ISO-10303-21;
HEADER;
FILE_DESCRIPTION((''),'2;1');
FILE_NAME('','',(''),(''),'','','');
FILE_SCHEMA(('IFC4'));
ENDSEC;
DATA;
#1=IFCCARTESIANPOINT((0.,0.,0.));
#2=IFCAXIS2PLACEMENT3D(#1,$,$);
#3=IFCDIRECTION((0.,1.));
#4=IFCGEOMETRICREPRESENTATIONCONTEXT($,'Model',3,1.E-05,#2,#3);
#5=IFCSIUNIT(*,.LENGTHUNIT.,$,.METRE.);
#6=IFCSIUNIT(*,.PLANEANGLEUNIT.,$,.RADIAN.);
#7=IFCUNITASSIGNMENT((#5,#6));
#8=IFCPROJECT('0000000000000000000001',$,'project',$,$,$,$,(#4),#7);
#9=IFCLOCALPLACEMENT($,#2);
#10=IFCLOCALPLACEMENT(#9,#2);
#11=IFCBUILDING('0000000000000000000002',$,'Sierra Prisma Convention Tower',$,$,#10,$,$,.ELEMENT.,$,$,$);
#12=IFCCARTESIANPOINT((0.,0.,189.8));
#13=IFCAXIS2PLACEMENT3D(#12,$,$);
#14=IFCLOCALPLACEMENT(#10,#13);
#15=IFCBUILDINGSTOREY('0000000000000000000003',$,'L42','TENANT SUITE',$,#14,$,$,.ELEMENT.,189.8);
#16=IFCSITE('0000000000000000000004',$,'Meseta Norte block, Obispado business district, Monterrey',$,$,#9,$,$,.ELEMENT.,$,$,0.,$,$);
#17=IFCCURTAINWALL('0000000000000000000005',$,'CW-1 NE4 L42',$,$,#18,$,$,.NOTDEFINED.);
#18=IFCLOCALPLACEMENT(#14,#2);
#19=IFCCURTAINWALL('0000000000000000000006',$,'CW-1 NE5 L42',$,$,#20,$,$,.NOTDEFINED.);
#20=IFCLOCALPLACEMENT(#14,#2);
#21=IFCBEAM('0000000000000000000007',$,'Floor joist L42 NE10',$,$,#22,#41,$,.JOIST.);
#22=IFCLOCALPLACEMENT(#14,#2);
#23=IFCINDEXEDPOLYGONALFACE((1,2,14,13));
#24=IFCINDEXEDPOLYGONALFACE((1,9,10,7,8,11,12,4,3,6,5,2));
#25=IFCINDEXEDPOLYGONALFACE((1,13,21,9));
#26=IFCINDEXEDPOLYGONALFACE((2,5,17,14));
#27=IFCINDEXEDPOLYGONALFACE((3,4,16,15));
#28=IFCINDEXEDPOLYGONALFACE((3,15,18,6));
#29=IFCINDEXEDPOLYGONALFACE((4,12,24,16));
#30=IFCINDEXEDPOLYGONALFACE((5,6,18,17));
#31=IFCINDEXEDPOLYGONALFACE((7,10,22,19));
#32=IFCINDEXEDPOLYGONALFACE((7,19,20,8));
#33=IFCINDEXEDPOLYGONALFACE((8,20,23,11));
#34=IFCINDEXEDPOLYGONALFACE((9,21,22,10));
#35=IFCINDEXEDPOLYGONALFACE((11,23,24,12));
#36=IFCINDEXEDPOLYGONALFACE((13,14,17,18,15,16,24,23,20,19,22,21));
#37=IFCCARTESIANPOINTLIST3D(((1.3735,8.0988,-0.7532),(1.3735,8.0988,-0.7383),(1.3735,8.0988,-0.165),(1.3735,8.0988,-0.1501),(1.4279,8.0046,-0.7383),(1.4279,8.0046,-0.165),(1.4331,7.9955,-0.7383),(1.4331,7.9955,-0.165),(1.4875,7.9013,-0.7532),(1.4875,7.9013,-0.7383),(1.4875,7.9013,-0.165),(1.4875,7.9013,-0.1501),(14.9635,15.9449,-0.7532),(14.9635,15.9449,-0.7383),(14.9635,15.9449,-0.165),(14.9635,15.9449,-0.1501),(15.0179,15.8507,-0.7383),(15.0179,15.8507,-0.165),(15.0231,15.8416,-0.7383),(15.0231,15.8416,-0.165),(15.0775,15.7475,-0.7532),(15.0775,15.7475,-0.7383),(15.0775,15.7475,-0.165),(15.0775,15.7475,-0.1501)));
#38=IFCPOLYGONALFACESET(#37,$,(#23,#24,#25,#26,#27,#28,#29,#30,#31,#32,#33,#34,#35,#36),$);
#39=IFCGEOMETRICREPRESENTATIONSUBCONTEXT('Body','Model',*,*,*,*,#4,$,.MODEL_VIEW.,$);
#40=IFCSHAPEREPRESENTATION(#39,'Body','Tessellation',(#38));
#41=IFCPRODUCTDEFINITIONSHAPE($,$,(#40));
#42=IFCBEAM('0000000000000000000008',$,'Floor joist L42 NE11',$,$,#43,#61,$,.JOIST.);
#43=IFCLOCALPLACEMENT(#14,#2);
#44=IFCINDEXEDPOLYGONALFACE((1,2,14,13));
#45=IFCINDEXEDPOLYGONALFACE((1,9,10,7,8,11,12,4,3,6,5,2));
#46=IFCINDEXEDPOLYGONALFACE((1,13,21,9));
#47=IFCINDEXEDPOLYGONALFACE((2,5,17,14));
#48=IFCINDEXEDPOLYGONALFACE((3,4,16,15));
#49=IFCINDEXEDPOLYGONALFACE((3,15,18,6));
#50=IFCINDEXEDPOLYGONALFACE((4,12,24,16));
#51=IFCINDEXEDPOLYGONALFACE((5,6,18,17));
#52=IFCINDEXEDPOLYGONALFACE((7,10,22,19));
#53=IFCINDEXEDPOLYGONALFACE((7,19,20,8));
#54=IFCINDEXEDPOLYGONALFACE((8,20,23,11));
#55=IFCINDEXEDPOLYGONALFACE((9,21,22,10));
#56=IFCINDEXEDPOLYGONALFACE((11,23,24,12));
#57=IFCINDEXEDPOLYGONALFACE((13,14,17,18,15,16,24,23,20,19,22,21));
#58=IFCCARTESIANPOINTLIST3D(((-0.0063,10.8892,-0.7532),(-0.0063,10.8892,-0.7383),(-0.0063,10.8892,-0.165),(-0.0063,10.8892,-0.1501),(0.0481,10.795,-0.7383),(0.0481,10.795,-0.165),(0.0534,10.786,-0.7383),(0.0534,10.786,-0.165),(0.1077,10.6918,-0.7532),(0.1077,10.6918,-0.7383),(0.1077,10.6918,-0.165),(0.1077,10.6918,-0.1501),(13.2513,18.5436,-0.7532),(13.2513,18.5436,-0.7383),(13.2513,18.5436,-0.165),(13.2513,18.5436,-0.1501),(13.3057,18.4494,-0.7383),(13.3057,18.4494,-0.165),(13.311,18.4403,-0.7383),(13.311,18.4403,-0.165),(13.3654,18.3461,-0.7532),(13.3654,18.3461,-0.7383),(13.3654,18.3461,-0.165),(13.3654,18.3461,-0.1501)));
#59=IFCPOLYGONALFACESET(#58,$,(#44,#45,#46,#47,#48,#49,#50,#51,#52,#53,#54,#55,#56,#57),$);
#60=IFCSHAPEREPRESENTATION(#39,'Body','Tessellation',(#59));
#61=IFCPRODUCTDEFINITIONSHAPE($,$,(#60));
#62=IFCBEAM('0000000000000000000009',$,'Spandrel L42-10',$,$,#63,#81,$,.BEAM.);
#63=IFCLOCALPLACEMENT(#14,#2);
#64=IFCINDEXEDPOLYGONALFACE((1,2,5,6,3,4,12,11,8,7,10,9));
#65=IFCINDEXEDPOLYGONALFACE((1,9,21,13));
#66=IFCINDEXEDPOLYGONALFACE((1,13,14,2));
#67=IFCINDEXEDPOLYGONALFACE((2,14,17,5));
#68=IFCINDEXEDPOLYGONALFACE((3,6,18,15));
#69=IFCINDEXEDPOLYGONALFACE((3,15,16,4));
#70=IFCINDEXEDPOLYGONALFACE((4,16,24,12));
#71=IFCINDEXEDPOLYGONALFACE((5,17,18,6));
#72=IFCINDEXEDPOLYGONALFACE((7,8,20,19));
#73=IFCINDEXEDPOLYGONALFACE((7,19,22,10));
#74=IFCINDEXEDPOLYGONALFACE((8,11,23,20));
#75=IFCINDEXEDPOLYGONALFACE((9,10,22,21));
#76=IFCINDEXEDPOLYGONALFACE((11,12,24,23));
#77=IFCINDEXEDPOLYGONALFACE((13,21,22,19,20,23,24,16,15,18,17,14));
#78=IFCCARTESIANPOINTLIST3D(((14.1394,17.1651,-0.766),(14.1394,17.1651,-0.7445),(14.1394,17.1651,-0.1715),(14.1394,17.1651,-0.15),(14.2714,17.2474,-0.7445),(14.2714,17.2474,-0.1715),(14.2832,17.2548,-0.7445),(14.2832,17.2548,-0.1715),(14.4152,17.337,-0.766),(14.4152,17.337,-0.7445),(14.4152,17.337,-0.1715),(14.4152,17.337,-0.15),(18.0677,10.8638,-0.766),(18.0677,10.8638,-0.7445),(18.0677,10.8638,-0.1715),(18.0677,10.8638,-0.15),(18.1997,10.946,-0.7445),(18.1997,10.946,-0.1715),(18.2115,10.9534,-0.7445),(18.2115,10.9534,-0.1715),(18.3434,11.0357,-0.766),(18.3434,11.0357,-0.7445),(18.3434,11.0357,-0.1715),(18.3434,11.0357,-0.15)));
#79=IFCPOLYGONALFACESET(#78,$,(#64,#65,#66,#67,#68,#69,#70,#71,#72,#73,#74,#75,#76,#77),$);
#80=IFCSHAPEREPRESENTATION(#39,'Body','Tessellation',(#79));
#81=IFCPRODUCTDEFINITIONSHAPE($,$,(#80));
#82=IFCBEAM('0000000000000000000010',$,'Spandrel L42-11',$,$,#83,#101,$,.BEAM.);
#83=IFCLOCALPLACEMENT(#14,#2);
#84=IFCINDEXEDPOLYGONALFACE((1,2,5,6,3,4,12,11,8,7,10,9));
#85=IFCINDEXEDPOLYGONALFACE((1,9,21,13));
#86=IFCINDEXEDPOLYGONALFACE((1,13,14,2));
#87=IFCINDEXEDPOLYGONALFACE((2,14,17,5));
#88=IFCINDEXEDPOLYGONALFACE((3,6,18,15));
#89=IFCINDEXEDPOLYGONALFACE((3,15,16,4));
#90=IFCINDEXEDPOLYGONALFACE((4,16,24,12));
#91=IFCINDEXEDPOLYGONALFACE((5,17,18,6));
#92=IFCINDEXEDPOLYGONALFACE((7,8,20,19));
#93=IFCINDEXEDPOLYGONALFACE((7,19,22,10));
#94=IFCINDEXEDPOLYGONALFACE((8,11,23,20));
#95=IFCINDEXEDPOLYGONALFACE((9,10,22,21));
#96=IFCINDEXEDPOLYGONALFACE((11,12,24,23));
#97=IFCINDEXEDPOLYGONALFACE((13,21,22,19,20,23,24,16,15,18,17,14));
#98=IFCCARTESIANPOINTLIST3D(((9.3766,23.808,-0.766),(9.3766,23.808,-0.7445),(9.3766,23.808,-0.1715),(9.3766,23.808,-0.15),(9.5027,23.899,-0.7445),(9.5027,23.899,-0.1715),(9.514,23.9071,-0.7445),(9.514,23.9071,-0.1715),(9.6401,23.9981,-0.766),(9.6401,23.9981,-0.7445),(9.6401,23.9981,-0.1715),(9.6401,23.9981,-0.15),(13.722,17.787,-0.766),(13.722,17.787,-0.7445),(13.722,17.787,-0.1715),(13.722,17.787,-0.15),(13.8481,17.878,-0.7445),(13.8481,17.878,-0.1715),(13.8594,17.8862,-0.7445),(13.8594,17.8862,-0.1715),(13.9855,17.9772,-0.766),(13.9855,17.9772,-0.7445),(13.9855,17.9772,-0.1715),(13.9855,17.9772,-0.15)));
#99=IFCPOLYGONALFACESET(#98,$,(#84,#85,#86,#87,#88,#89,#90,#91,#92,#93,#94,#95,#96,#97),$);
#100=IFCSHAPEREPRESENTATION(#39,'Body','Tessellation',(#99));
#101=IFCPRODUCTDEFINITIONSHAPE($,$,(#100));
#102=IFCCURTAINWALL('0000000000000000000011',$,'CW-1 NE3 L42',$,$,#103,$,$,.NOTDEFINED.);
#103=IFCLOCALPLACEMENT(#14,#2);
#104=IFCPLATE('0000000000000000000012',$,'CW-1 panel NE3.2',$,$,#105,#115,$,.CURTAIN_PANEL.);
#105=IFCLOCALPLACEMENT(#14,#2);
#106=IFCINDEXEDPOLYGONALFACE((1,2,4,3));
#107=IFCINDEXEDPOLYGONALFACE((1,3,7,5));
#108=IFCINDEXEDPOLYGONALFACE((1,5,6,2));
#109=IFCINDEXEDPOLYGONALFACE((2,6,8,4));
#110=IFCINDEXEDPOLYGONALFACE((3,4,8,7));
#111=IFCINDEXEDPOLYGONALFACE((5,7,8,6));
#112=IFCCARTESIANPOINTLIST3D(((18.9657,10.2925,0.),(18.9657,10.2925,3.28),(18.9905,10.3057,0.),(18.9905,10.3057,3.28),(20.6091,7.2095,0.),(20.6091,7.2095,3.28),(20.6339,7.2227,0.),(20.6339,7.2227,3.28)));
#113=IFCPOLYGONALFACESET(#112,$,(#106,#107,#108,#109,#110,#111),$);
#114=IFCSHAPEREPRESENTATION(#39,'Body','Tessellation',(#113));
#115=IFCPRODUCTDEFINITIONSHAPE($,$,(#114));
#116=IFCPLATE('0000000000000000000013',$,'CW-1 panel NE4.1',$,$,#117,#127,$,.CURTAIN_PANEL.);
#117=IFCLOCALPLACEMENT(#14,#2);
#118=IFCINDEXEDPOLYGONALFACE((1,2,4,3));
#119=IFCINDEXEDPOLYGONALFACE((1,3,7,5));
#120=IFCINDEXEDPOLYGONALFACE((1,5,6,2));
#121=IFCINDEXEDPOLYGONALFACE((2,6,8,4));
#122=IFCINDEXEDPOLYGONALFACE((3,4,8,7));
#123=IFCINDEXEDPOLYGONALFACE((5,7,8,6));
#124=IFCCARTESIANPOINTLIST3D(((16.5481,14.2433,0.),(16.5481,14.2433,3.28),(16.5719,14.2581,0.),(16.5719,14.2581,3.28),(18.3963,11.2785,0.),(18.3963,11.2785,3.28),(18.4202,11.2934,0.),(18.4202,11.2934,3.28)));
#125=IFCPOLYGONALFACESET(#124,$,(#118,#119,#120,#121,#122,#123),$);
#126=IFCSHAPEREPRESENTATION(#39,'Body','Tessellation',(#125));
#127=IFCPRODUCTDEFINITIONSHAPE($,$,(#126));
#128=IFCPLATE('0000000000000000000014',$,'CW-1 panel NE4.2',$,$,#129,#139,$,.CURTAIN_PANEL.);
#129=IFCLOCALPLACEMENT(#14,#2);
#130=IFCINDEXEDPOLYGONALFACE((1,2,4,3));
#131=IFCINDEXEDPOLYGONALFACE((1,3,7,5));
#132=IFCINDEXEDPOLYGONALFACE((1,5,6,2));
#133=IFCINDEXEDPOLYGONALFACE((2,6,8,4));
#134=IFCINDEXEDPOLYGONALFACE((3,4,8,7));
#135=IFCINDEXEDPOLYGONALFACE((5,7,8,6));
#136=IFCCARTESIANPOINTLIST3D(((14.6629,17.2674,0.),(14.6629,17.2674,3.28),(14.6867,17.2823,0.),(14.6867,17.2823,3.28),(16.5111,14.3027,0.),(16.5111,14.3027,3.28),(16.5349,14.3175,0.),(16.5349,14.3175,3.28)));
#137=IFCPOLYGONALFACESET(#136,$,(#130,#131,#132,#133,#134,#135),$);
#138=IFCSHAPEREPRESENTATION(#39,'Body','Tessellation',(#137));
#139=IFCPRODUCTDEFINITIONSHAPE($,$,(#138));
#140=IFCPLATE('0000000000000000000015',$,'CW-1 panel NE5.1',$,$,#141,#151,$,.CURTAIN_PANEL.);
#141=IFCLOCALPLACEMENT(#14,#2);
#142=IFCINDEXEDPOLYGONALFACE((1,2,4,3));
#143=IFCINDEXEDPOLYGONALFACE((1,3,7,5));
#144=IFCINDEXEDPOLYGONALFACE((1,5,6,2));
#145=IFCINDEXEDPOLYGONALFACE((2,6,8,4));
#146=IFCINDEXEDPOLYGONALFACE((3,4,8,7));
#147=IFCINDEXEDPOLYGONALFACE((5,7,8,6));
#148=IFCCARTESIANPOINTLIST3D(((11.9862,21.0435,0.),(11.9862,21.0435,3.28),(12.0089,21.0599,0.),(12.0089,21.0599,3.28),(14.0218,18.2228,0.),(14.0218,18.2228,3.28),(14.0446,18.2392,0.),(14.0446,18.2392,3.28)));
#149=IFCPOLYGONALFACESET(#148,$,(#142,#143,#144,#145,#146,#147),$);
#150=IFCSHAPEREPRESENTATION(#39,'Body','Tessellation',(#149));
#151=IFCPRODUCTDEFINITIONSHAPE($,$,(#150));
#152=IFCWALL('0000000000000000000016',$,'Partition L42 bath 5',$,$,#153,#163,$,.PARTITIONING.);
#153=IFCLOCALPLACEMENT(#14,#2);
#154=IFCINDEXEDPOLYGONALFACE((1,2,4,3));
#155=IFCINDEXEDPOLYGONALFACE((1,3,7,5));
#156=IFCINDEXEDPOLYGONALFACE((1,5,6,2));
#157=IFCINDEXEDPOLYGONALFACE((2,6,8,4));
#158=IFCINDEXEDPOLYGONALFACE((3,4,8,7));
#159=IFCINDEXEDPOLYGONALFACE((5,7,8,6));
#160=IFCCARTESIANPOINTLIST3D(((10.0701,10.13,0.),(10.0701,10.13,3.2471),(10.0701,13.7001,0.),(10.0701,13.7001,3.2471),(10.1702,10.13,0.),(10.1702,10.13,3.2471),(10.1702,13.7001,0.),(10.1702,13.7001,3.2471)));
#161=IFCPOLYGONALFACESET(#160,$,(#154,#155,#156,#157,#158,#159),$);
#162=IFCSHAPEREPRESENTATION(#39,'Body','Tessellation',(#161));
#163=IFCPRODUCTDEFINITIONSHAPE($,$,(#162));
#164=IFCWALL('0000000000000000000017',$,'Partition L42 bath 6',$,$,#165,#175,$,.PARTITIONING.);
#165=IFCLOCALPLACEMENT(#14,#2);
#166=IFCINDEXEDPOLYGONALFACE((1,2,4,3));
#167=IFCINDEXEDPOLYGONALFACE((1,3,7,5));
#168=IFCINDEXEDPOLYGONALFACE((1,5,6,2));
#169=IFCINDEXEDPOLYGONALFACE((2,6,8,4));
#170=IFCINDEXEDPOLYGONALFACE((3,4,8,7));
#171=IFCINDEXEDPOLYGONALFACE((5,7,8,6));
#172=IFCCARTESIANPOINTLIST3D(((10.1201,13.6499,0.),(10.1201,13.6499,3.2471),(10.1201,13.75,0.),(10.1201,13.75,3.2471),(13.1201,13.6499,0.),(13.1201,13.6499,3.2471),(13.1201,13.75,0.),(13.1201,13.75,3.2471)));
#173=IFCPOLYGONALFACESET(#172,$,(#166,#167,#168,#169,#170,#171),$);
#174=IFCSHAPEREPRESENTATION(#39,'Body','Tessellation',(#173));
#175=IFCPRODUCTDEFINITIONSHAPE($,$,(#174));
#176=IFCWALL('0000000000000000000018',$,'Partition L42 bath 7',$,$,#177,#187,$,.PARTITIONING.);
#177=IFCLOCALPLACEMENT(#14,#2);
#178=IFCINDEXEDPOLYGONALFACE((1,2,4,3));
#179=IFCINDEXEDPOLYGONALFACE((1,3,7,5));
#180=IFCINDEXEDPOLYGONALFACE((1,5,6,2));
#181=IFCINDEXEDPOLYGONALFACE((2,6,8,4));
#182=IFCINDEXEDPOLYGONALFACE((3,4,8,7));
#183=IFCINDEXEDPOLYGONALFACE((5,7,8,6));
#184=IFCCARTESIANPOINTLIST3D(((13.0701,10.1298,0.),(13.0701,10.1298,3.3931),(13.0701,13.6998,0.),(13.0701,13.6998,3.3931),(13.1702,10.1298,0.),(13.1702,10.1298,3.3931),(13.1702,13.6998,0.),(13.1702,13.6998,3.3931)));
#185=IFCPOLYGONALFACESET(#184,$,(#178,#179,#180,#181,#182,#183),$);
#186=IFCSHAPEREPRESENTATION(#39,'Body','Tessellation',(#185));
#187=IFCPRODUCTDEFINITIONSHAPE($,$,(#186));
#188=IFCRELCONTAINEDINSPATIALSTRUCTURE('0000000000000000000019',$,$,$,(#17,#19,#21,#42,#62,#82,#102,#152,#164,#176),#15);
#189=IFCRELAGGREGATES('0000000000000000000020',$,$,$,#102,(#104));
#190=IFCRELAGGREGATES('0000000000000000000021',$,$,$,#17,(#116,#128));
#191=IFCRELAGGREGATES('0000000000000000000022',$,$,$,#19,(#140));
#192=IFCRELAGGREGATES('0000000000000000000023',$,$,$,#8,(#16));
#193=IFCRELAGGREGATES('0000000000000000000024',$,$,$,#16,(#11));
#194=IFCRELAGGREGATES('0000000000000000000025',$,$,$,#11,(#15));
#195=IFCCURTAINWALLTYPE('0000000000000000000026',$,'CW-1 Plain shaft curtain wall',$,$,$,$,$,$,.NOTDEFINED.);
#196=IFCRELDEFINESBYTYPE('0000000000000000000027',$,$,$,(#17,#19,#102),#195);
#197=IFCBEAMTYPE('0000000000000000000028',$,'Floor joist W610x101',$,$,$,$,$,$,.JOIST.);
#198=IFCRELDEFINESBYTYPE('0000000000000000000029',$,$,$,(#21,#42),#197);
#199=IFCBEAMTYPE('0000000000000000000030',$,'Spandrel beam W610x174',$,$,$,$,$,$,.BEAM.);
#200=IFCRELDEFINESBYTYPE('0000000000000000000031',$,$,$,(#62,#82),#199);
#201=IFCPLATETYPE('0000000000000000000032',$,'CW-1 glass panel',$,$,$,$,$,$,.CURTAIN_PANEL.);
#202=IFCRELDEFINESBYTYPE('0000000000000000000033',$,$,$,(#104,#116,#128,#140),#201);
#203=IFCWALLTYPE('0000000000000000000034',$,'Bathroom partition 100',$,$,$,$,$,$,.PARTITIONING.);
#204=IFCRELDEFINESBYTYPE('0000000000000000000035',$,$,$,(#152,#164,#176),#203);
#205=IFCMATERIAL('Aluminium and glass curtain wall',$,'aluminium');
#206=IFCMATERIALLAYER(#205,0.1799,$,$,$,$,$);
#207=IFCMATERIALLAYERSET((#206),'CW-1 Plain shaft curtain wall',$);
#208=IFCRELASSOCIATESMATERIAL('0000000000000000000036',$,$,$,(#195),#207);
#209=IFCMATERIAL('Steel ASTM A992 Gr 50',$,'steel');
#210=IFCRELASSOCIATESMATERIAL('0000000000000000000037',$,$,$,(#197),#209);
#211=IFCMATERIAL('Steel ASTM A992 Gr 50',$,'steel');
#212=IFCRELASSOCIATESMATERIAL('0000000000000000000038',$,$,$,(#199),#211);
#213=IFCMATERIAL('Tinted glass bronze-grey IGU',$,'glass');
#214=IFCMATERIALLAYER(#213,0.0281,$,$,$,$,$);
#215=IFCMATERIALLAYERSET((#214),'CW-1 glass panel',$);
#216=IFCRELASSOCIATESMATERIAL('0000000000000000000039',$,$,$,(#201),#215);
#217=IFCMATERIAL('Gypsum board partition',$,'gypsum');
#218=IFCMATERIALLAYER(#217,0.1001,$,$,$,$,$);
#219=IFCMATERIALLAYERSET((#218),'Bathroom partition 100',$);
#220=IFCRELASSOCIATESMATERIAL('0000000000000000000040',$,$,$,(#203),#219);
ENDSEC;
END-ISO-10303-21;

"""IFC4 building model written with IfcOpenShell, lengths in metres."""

from ifc_helpers import new_model, si_unit, direction, frame, frame_2d, origin, origin_2d, place, context, subcontext, project, spatial, rectangle, i_section, extrude, material, layer, layer_set, material_profile, profile_set, type_object, element, aggregate, save


model = new_model("IFC4")

# Units and contexts
model_context = context("Model", 3, precision=1e-05, world=origin(), true_north=direction((0.0, 1.0)))
body_context = subcontext(model_context, "Body", "Model", "MODEL_VIEW")
ifc_project = project(units=[si_unit("LENGTHUNIT", "METRE"), si_unit("PLANEANGLEUNIT", "RADIAN")], contexts=[model_context])

# Site, building, storey
site_placement = place(None, origin())
site = spatial("IfcSite", under=ifc_project, at=site_placement, Name="Meseta Norte block, Obispado business district, Monterrey", CompositionType="ELEMENT", RefElevation=0.0)
building_placement = place(site_placement, origin())
building = spatial("IfcBuilding", under=site, at=building_placement, Name="Sierra Prisma Convention Tower", CompositionType="ELEMENT")
storey_placement = place(building_placement, frame((0.0, 0.0, 189.8)))
storey = spatial("IfcBuildingStorey", under=building, at=storey_placement, Name="L42", Description="TENANT SUITE", CompositionType="ELEMENT", Elevation=189.8)

# Curtain wall
ifc_material_1 = material(Name="Aluminium and glass curtain wall", Category="aluminium")
ifc_layer_1 = layer(ifc_material_1, 0.1799)
ifc_layer_set_1 = layer_set([ifc_layer_1], Name="CW-1 Plain shaft curtain wall")
curtain_wall_type = type_object("IfcCurtainWallType", Name="CW-1 Plain shaft curtain wall", PredefinedType="NOTDEFINED", material=ifc_layer_set_1)
curtain_wall_1_placement = place(storey_placement, origin())
curtain_wall_1 = element("IfcCurtainWall", 1, at=curtain_wall_1_placement, inside=storey, type_object=curtain_wall_type, Name="CW-1 NE4 L42", PredefinedType="NOTDEFINED")

# Curtain wall
curtain_wall_2_placement = place(storey_placement, origin())
curtain_wall_2 = element("IfcCurtainWall", 2, at=curtain_wall_2_placement, inside=storey, type_object=curtain_wall_type, Name="CW-1 NE5 L42", PredefinedType="NOTDEFINED")

# Beams
ifc_material_2 = material(Name="Steel ASTM A992 Gr 50", Category="steel")
ifc_material_profile_1 = material_profile(ifc_material_2, i_section(OverallWidth=0.228, OverallDepth=0.603, WebThickness=0.0105, FlangeThickness=0.0149, at=origin_2d()), Name="W610x101")
ifc_profile_set_1 = profile_set([ifc_material_profile_1], Name="Steel ASTM A992 Gr 50")
beam_type_1 = type_object("IfcBeamType", Name="Floor joist W610x101", PredefinedType="JOIST", material=ifc_profile_set_1)
beam_1_placement = place(storey_placement, frame((15.0205, 15.8462, -0.4517), z_axis=(-0.866027, -0.499998, 0.0), x_axis=(0.499998, -0.866027, 0.0)))
element("IfcBeam", 3, at=beam_1_placement, inside=storey, type_object=beam_type_1, Name="Floor joist L42 NE10", PredefinedType="JOIST", context=body_context, shape_type="SweptSolid", body=[
    extrude(i_section(OverallWidth=0.228, OverallDepth=0.603, WebThickness=0.0105, FlangeThickness=0.0149, at=origin_2d()), origin(), (0.0, 0.0, 1.0), 15.6924),
])
beam_2_placement = place(storey_placement, frame((13.3083, 18.4448, -0.4517), z_axis=(-0.866024, -0.500002, 0.0), x_axis=(0.500002, -0.866024, 0.0)))
element("IfcBeam", 4, at=beam_2_placement, inside=storey, type_object=beam_type_1, Name="Floor joist L42 NE11", PredefinedType="JOIST", context=body_context, shape_type="SweptSolid", body=[
    extrude(i_section(OverallWidth=0.228, OverallDepth=0.603, WebThickness=0.0105, FlangeThickness=0.0149, at=origin_2d()), origin(), (0.0, 0.0, 1.0), 15.3086),
])
ifc_material_3 = material(Name="Steel ASTM A992 Gr 50", Category="steel")
ifc_material_profile_2 = material_profile(ifc_material_3, i_section(OverallWidth=0.325, OverallDepth=0.616, WebThickness=0.0139, FlangeThickness=0.0215, at=origin_2d()), Name="W610x174")
ifc_profile_set_2 = profile_set([ifc_material_profile_2], Name="Steel ASTM A992 Gr 50")
beam_type_2 = type_object("IfcBeamType", Name="Spandrel beam W610x174", PredefinedType="BEAM", material=ifc_profile_set_2)
beam_3_placement = place(storey_placement, frame((18.2056, 10.9497, -0.458), z_axis=(-0.529023, 0.848607, 0.0), x_axis=(-0.848607, -0.529023, 0.0)))
element("IfcBeam", 5, at=beam_3_placement, inside=storey, type_object=beam_type_2, Name="Spandrel L42-10", PredefinedType="BEAM", context=body_context, shape_type="SweptSolid", body=[
    extrude(i_section(OverallWidth=0.325, OverallDepth=0.616, WebThickness=0.0139, FlangeThickness=0.0215, at=origin_2d()), origin(), (0.0, 0.0, 1.0), 7.4255),
])
beam_4_placement = place(storey_placement, frame((13.8538, 17.8821, -0.458), z_axis=(-0.585222, 0.810873, 0.0), x_axis=(-0.810873, -0.585222, 0.0)))
element("IfcBeam", 6, at=beam_4_placement, inside=storey, type_object=beam_type_2, Name="Spandrel L42-11", PredefinedType="BEAM", context=body_context, shape_type="SweptSolid", body=[
    extrude(i_section(OverallWidth=0.325, OverallDepth=0.616, WebThickness=0.0139, FlangeThickness=0.0215, at=origin_2d()), origin(), (0.0, 0.0, 1.0), 7.4253),
])

# Curtain wall, plate
curtain_wall_3_placement = place(storey_placement, origin())
curtain_wall_3 = element("IfcCurtainWall", 7, at=curtain_wall_3_placement, inside=storey, type_object=curtain_wall_type, Name="CW-1 NE3 L42", PredefinedType="NOTDEFINED")
ifc_material_4 = material(Name="Tinted glass bronze-grey IGU", Category="glass")
ifc_layer_2 = layer(ifc_material_4, 0.0281)
ifc_layer_set_2 = layer_set([ifc_layer_2], Name="CW-1 glass panel")
plate_type = type_object("IfcPlateType", Name="CW-1 glass panel", PredefinedType="CURTAIN_PANEL", material=ifc_layer_set_2)
plate_1_placement = place(storey_placement, frame((19.7998, 8.7576, 0.0), z_axis=(0.0, 0.0, 1.0), x_axis=(-0.470405, 0.882451, 0.0)))
plate_1 = element("IfcPlate", 8, at=plate_1_placement, type_object=plate_type, Name="CW-1 panel NE3.2", PredefinedType="CURTAIN_PANEL", context=body_context, shape_type="SweptSolid", body=[
    extrude(rectangle(XDim=3.4937, YDim=0.0281, at=origin_2d()), origin(), (0.0, 0.0, 1.0), 3.28),
])
aggregate(curtain_wall_3, [plate_1])

# Plates
plate_2_placement = place(storey_placement, frame((17.4841, 12.7683, 0.0), z_axis=(0.0, 0.0, 1.0), x_axis=(-0.529022, 0.848608, 0.0)))
plate_2 = element("IfcPlate", 9, at=plate_2_placement, type_object=plate_type, Name="CW-1 panel NE4.1", PredefinedType="CURTAIN_PANEL", context=body_context, shape_type="SweptSolid", body=[
    extrude(rectangle(XDim=3.4937, YDim=0.0281, at=origin_2d()), origin(), (0.0, 0.0, 1.0), 3.28),
])
plate_3_placement = place(storey_placement, frame((15.5989, 15.7925, 0.0), z_axis=(0.0, 0.0, 1.0), x_axis=(-0.529022, 0.848608, 0.0)))
plate_3 = element("IfcPlate", 10, at=plate_3_placement, type_object=plate_type, Name="CW-1 panel NE4.2", PredefinedType="CURTAIN_PANEL", context=body_context, shape_type="SweptSolid", body=[
    extrude(rectangle(XDim=3.4937, YDim=0.0281, at=origin_2d()), origin(), (0.0, 0.0, 1.0), 3.28),
])
aggregate(curtain_wall_1, [plate_2, plate_3])
plate_4_placement = place(storey_placement, frame((13.0154, 19.6414, 0.0), z_axis=(0.0, 0.0, 1.0), x_axis=(-0.585215, 0.810878, 0.0)))
plate_4 = element("IfcPlate", 11, at=plate_4_placement, type_object=plate_type, Name="CW-1 panel NE5.1", PredefinedType="CURTAIN_PANEL", context=body_context, shape_type="SweptSolid", body=[
    extrude(rectangle(XDim=3.4785, YDim=0.0281, at=origin_2d()), origin(), (0.0, 0.0, 1.0), 3.28),
])
aggregate(curtain_wall_2, [plate_4])

# Walls
ifc_material_5 = material(Name="Gypsum board partition", Category="gypsum")
ifc_layer_3 = layer(ifc_material_5, 0.1001)
ifc_layer_set_3 = layer_set([ifc_layer_3], Name="Bathroom partition 100")
wall_type_1 = type_object("IfcWallType", Name="Bathroom partition 100", PredefinedType="PARTITIONING", material=ifc_layer_set_3)
wall_1_placement = place(storey_placement, frame((10.1201, 10.1299, 0.0), z_axis=(0.0, 0.0, 1.0), x_axis=(0.0, 1.0, 0.0)))
element("IfcWall", 12, at=wall_1_placement, inside=storey, type_object=wall_type_1, Name="Partition L42 bath 5", PredefinedType="PARTITIONING", context=body_context, shape_type="SweptSolid", body=[
    extrude(rectangle(XDim=3.5701, YDim=0.1001, at=frame_2d((1.7852, 0.0))), origin(), (0.0, 0.0, 1.0), 3.2471),
])
wall_2_placement = place(storey_placement, frame((10.1201, 13.7, 0.0), z_axis=(0.0, 0.0, 1.0), x_axis=(1.0, 0.0, 0.0)))
element("IfcWall", 13, at=wall_2_placement, inside=storey, type_object=wall_type_1, Name="Partition L42 bath 6", PredefinedType="PARTITIONING", context=body_context, shape_type="SweptSolid", body=[
    extrude(rectangle(XDim=3.0, YDim=0.1001, at=frame_2d((1.5, 0.0))), origin(), (0.0, 0.0, 1.0), 3.2471),
])
wall_3_placement = place(storey_placement, frame((13.1201, 13.7, 0.0), z_axis=(0.0, 0.0, 1.0), x_axis=(0.0, -1.0, 0.0)))
element("IfcWall", 14, at=wall_3_placement, inside=storey, type_object=wall_type_1, Name="Partition L42 bath 7", PredefinedType="PARTITIONING", context=body_context, shape_type="SweptSolid", body=[
    extrude(rectangle(XDim=3.5701, YDim=0.1001, at=frame_2d((1.7852, 0.0))), origin(), (0.0, 0.0, 1.0), 3.3931),
])

save(model, "model.ifc")
